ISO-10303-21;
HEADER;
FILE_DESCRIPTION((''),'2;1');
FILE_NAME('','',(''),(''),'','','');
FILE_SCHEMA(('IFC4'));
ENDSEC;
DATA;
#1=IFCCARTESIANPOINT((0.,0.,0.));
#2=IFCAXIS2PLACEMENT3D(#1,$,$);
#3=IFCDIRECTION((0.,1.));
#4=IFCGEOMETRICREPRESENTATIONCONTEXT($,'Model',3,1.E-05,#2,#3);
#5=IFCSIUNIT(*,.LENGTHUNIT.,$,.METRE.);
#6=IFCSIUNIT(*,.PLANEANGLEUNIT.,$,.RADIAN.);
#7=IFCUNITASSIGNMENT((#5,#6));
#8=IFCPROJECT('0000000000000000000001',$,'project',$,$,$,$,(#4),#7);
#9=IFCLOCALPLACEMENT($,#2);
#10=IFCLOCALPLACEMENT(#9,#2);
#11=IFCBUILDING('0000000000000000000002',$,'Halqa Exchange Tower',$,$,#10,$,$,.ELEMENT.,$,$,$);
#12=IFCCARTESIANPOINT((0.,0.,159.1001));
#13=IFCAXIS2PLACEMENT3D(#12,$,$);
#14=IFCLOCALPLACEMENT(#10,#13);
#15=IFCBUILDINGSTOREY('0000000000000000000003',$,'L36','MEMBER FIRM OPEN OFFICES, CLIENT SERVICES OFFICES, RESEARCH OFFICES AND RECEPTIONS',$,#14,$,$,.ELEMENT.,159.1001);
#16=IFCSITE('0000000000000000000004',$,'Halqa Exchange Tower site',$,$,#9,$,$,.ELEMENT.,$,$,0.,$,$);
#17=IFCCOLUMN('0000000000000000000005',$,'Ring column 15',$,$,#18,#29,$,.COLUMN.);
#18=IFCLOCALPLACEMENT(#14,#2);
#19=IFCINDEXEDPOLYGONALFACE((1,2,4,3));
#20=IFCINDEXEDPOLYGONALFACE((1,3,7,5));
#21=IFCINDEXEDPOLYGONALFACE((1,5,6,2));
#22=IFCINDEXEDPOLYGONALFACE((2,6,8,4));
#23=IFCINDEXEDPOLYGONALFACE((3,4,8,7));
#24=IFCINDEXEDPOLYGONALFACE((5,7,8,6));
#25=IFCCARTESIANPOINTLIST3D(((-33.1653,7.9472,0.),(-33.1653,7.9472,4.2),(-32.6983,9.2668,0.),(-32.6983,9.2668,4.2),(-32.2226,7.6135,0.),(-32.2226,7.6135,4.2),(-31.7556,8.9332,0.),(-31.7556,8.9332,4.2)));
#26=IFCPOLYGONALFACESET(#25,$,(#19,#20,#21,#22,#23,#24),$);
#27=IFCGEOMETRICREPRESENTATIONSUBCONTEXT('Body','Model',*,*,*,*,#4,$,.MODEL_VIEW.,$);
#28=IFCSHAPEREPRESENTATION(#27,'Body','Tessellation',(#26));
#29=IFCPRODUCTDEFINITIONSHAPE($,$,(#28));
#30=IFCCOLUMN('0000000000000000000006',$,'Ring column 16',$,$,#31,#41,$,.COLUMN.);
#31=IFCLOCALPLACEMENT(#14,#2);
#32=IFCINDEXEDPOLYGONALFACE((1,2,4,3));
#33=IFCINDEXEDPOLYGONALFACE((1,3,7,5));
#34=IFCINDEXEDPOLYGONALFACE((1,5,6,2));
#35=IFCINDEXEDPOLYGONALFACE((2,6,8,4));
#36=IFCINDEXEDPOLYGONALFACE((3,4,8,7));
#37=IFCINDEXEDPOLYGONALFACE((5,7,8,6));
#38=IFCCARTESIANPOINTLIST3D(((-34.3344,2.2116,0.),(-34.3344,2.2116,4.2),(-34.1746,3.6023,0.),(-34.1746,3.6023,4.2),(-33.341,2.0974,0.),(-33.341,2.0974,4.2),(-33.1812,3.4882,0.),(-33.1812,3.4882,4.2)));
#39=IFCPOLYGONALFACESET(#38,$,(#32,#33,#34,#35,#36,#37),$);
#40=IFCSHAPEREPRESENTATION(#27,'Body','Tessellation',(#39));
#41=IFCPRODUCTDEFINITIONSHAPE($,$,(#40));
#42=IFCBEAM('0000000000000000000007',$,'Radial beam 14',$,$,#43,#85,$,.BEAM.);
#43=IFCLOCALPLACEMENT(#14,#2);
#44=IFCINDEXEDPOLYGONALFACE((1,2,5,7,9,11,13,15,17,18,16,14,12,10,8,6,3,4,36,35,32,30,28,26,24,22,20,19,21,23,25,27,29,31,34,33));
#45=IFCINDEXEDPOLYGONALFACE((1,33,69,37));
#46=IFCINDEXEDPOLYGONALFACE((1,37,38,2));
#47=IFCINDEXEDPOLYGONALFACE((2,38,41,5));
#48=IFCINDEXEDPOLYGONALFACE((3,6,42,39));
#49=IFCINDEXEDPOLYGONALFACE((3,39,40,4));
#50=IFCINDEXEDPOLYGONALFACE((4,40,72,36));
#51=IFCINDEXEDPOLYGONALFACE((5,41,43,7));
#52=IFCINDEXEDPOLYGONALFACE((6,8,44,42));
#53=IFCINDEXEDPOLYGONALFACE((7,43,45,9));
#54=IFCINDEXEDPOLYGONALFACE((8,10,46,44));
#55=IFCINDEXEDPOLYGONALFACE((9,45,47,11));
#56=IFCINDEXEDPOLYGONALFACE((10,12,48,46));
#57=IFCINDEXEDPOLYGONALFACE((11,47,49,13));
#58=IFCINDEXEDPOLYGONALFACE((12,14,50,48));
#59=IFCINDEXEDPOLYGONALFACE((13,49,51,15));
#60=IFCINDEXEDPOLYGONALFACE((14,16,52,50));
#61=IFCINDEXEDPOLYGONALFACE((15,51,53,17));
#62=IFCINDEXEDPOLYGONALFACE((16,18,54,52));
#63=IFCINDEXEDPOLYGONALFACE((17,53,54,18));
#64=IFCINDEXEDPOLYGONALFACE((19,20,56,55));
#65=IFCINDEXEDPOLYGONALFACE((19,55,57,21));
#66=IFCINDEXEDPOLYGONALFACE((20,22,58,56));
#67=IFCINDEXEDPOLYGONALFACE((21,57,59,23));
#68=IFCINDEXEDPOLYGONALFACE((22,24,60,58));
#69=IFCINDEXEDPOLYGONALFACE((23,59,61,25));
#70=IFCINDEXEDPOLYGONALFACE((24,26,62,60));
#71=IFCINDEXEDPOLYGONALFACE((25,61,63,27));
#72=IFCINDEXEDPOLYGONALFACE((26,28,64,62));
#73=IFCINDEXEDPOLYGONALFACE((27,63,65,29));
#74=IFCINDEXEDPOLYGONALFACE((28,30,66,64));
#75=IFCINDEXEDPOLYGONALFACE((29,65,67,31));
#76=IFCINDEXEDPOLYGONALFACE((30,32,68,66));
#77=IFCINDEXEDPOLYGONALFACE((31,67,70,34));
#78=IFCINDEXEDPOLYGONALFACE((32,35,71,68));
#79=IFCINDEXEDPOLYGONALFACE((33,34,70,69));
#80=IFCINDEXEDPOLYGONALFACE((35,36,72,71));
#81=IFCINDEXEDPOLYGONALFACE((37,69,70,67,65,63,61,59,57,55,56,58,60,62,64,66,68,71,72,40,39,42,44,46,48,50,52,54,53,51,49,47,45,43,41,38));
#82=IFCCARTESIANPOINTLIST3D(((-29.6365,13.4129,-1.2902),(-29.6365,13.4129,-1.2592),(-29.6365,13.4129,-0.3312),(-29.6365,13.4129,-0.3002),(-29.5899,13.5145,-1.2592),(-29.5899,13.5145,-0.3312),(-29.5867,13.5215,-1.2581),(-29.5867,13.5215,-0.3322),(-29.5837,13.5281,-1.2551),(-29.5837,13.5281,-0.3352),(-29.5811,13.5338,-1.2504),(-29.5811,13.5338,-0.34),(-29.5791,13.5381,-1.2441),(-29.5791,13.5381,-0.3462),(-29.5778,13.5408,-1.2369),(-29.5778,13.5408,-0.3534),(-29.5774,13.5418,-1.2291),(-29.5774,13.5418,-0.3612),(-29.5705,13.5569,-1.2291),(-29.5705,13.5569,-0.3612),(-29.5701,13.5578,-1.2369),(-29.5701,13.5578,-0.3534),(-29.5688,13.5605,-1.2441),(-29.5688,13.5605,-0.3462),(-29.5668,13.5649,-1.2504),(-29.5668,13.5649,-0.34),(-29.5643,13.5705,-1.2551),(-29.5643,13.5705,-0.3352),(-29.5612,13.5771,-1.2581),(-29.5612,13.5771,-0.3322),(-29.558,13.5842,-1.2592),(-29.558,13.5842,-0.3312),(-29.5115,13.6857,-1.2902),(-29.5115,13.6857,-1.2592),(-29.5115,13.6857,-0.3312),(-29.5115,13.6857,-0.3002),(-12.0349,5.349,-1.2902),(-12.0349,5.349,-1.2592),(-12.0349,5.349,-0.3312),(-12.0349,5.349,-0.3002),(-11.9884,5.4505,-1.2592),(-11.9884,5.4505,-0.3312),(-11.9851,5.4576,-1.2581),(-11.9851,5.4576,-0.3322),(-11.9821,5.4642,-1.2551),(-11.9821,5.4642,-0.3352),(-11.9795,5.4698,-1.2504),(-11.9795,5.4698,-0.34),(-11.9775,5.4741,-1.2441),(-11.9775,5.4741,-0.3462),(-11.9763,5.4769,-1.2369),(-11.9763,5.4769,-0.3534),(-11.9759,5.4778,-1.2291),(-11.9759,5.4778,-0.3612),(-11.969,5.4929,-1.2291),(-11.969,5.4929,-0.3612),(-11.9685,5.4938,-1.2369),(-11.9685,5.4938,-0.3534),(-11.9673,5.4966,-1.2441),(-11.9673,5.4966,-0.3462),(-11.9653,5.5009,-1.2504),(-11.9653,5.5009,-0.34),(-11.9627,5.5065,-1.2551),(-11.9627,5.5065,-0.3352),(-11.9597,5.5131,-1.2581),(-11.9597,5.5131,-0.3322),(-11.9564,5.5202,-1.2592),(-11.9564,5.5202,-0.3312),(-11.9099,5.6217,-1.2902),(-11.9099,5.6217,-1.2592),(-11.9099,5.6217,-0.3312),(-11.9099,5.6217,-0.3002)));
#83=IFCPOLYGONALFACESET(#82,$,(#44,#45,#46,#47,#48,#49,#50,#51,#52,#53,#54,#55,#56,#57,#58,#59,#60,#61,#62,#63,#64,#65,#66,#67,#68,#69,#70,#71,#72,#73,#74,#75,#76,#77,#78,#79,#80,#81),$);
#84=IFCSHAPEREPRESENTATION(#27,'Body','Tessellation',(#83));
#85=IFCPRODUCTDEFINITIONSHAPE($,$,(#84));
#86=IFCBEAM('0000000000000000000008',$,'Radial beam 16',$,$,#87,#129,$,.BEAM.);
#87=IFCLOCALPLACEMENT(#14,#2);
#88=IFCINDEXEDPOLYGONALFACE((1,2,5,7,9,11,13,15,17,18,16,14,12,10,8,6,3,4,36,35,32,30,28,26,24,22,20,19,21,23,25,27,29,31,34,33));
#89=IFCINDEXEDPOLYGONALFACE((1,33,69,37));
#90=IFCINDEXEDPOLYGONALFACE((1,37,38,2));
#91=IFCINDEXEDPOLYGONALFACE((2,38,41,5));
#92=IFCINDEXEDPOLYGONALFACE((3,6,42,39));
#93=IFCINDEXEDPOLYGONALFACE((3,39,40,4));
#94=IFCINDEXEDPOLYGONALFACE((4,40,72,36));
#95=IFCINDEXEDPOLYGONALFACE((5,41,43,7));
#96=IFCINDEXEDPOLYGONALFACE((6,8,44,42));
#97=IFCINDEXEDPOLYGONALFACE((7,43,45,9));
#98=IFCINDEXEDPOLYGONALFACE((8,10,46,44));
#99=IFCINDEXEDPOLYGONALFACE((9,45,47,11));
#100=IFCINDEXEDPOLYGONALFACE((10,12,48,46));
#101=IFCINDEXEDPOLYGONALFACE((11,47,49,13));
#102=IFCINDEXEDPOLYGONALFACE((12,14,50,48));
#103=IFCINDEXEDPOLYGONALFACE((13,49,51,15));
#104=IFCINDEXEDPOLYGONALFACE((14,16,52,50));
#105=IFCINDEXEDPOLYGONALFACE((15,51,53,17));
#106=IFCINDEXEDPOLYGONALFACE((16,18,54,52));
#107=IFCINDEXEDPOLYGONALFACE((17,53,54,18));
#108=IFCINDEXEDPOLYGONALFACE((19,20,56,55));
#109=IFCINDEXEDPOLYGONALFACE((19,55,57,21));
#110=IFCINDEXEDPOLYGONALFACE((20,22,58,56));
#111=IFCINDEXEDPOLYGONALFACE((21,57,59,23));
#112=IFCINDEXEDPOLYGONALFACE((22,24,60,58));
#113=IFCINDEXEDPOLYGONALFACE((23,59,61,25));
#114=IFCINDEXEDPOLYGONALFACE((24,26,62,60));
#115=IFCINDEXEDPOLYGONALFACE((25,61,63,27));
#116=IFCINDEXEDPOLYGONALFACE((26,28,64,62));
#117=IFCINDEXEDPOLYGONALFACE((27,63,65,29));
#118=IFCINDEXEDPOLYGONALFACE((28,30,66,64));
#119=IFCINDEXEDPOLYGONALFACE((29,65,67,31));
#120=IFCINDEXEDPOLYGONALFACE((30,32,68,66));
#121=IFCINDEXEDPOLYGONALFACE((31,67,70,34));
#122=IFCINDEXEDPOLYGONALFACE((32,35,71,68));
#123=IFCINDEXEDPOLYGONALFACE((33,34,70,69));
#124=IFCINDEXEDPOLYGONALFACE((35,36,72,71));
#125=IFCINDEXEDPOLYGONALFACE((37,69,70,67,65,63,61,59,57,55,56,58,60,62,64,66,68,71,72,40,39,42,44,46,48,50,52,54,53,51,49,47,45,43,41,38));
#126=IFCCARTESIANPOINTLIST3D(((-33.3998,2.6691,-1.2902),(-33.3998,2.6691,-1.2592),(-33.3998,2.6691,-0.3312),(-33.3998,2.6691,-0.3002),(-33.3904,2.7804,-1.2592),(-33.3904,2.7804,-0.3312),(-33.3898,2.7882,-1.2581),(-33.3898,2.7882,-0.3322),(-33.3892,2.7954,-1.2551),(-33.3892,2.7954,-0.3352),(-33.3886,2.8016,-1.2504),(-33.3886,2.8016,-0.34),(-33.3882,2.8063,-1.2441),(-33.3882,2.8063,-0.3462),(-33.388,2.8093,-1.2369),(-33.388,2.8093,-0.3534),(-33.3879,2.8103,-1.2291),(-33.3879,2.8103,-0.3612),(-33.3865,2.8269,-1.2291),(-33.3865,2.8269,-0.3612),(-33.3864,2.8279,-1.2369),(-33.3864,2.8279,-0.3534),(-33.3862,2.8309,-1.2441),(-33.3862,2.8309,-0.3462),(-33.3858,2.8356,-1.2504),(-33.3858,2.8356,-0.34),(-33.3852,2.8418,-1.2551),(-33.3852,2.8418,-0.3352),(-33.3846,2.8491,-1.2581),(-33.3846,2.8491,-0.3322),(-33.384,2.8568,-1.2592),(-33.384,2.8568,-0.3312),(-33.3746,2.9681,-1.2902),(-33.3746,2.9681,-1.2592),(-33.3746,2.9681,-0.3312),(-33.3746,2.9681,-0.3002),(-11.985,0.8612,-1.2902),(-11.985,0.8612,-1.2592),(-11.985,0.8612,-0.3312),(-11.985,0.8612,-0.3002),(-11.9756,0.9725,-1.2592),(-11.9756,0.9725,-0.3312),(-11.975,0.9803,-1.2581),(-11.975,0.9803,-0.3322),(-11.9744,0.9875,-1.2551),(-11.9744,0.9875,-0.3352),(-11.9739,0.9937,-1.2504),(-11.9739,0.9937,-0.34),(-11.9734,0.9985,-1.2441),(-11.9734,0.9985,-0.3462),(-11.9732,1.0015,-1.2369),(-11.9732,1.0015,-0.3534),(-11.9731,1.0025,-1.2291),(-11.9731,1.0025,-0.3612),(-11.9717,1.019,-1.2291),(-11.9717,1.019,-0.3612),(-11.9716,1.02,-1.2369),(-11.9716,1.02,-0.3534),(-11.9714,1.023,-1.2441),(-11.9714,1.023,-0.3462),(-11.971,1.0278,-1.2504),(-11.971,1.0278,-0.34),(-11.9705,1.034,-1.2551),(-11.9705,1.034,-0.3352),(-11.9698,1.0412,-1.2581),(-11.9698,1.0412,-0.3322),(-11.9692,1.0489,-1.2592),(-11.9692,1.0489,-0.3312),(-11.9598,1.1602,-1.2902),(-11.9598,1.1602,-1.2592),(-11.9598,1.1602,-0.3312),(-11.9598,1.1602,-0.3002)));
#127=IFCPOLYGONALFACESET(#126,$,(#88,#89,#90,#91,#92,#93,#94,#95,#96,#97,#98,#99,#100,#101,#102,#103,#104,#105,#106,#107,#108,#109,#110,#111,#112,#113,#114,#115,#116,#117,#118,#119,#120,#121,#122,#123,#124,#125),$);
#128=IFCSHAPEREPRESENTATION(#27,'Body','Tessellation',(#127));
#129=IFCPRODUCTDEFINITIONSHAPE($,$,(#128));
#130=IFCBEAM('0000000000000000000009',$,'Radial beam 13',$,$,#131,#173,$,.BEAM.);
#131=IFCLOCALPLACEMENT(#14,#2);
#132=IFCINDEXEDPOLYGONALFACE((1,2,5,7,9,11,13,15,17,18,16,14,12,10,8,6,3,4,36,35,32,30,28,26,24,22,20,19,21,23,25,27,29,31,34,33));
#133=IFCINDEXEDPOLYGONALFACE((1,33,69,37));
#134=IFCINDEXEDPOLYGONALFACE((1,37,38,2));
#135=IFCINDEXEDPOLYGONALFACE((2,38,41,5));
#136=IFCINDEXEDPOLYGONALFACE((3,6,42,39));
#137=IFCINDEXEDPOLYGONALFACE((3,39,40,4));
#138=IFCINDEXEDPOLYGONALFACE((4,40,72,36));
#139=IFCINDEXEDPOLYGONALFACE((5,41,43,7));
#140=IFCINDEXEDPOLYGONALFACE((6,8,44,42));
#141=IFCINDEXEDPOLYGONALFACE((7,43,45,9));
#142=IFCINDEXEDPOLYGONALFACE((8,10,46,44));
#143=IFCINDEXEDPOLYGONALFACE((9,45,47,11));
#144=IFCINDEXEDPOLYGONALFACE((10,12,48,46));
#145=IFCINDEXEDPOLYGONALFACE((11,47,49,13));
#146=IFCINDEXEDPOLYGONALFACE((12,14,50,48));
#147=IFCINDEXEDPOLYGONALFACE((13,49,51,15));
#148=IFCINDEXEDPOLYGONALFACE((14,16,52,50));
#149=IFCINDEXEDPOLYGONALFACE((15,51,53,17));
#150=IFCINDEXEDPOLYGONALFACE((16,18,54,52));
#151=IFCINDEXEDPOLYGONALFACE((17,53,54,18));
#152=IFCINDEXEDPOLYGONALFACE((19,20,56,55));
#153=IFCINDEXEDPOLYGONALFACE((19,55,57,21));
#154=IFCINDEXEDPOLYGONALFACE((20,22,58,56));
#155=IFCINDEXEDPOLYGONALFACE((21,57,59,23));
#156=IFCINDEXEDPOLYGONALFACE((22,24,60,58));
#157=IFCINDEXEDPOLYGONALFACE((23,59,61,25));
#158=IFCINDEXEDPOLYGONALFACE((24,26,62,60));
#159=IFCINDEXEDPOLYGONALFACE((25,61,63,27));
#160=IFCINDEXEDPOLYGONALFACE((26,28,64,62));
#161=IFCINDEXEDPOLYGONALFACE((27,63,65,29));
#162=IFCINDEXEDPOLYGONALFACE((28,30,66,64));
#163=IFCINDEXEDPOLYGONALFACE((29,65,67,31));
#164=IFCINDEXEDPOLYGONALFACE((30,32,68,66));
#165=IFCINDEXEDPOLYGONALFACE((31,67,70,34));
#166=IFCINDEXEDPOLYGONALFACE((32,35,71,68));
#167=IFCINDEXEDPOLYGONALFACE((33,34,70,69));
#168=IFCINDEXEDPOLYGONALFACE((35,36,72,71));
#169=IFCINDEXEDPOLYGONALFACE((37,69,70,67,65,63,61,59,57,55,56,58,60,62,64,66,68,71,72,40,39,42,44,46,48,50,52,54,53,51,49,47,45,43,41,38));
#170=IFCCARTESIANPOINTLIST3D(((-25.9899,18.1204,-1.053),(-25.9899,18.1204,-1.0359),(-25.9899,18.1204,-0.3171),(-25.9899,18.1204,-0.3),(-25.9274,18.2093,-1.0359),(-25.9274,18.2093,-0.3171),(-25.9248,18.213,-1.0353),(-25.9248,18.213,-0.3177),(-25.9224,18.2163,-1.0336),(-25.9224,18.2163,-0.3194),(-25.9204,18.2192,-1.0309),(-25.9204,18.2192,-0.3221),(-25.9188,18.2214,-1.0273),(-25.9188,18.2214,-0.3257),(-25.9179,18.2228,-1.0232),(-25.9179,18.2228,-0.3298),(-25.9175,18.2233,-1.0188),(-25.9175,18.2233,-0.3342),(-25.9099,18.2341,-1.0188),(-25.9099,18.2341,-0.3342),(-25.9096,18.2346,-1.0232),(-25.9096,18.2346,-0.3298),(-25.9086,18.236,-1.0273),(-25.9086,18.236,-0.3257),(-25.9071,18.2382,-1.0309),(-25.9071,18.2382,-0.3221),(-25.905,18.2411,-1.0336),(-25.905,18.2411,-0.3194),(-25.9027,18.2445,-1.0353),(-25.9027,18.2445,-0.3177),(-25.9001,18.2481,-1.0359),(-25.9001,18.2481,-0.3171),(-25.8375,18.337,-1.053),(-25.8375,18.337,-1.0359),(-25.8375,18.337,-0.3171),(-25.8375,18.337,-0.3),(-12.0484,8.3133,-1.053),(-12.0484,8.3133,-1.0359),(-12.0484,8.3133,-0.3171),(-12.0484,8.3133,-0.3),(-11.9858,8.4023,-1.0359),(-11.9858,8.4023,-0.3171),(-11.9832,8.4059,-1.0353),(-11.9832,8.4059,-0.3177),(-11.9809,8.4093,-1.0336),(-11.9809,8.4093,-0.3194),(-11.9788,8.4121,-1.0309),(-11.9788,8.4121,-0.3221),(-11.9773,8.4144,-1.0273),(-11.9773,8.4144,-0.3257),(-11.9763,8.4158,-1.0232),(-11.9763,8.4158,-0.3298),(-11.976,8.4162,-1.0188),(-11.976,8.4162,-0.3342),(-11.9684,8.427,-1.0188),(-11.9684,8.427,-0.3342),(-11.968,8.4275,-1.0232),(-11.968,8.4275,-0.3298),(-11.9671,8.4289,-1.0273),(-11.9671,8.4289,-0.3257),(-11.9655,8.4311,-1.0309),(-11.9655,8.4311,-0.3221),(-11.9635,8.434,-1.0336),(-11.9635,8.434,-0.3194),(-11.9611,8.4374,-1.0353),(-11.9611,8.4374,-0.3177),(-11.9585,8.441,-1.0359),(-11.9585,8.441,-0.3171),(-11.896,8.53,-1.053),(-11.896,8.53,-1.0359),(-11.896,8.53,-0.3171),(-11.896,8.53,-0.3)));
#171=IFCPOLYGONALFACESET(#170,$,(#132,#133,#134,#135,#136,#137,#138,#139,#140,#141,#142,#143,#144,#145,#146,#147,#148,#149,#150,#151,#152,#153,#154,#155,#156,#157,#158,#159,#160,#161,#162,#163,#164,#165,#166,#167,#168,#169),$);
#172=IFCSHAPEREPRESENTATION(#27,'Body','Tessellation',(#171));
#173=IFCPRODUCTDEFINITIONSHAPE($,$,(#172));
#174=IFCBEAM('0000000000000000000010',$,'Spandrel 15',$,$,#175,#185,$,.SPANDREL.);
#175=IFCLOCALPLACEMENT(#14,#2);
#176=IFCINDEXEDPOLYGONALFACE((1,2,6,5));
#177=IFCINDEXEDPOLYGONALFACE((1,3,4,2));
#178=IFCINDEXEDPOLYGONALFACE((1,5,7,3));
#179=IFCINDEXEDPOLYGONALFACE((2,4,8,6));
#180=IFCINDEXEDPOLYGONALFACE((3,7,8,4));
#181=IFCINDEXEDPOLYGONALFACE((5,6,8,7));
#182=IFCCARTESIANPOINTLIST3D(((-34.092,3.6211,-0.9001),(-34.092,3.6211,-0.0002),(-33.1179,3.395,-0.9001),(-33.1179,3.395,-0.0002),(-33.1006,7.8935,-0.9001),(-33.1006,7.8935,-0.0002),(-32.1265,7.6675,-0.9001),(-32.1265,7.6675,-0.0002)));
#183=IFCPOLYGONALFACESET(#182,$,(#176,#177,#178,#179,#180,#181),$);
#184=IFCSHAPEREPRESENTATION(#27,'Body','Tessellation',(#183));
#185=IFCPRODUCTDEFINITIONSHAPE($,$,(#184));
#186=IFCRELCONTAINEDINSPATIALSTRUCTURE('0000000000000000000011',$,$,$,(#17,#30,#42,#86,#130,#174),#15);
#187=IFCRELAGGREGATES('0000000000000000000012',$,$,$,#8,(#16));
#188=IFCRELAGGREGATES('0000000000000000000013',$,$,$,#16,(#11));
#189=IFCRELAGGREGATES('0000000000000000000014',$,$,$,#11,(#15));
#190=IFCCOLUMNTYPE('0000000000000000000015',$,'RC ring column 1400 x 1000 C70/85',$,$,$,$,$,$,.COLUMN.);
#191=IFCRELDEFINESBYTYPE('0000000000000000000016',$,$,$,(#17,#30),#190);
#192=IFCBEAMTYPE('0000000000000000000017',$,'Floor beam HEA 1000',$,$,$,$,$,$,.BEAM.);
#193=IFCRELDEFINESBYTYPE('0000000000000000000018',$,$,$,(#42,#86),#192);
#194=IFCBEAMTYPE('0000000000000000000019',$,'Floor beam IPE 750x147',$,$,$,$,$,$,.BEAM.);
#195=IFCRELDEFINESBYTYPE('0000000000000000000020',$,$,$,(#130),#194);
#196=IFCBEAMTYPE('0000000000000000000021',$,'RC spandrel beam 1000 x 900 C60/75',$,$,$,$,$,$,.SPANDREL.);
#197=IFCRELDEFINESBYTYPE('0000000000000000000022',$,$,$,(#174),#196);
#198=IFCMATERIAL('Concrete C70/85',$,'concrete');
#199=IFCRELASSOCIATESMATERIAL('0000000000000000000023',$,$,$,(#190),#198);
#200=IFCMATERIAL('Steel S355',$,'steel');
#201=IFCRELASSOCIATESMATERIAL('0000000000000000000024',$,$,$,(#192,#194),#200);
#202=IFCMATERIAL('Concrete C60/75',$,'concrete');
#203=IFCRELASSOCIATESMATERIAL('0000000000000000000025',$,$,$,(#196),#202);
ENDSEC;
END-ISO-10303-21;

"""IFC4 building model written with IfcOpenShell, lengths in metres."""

from ifc_helpers import new_model, si_unit, direction, frame, origin, origin_2d, place, context, subcontext, project, spatial, rectangle, i_section, extrude, material, material_profile, profile_set, type_object, element, save


model = new_model("IFC4")

# Units and contexts
model_context = context("Model", 3, precision=1e-05, world=origin(), true_north=direction((0.0, 1.0)))
body_context = subcontext(model_context, "Body", "Model", "MODEL_VIEW")
ifc_project = project(units=[si_unit("LENGTHUNIT", "METRE"), si_unit("PLANEANGLEUNIT", "RADIAN")], contexts=[model_context])

# Site, building, storey
site_placement = place(None, origin())
site = spatial("IfcSite", under=ifc_project, at=site_placement, Name="Halqa Exchange Tower site", CompositionType="ELEMENT", RefElevation=0.0)
building_placement = place(site_placement, origin())
building = spatial("IfcBuilding", under=site, at=building_placement, Name="Halqa Exchange Tower", CompositionType="ELEMENT")
storey_placement = place(building_placement, frame((0.0, 0.0, 159.1001)))
storey = spatial("IfcBuildingStorey", under=building, at=storey_placement, Name="L36", Description="MEMBER FIRM OPEN OFFICES, CLIENT SERVICES OFFICES, RESEARCH OFFICES AND RECEPTIONS", CompositionType="ELEMENT", Elevation=159.1001)

# Columns
ifc_material_1 = material(Name="Concrete C70/85", Category="concrete")
ifc_material_profile_1 = material_profile(ifc_material_1, rectangle(XDim=1.3999, YDim=1.0, at=origin_2d()), Name="1400 x 1000")
ifc_profile_set_1 = profile_set([ifc_material_profile_1], Name="Concrete C70/85")
column_type = type_object("IfcColumnType", Name="RC ring column 1400 x 1000 C70/85", PredefinedType="COLUMN", material=ifc_profile_set_1)
for number, where, z_axis, x_axis, name in (
    (1, (-32.4604, 8.4402, 0.0), (0.0, 0.0, 1.0), (-0.333634, -0.942703, 0.0), "Ring column 15"),
    (2, (-33.7578, 2.8499, 0.0), (0.0, 0.0, 1.0), (-0.114155, -0.993463, 0.0), "Ring column 16"),
):
    element("IfcColumn", number, at=place(storey_placement, frame(where, z_axis=z_axis, x_axis=x_axis)), inside=storey, type_object=column_type, Name=name, PredefinedType="COLUMN", context=body_context, shape_type="SweptSolid", body=[
        extrude(rectangle(XDim=1.3999, YDim=1.0, at=origin_2d()), origin(), (0.0, 0.0, 1.0), 4.2),
    ])

# Beams
ifc_material_2 = material(Name="Steel S355", Category="steel")
ifc_material_profile_2 = material_profile(ifc_material_2, i_section(OverallWidth=0.3, OverallDepth=0.99, WebThickness=0.0166, FlangeThickness=0.031, FilletRadius=0.03, at=origin_2d()), Name="HEA 1000")
ifc_profile_set_2 = profile_set([ifc_material_profile_2], Name="Steel S355")
beam_type_1 = type_object("IfcBeamType", Name="Floor beam HEA 1000", PredefinedType="BEAM", material=ifc_profile_set_2)
beam_1_placement = place(storey_placement, frame((-11.9724, 5.4854, -0.7952), z_axis=(-0.909132, 0.416509, 0.0), x_axis=(-0.416509, -0.909132, 0.0)))
element("IfcBeam", 3, at=beam_1_placement, inside=storey, type_object=beam_type_1, Name="Radial beam 14", PredefinedType="BEAM", context=body_context, shape_type="SweptSolid", body=[
    extrude(i_section(OverallWidth=0.3, OverallDepth=0.99, WebThickness=0.0166, FlangeThickness=0.031, FilletRadius=0.03, at=origin_2d()), origin(), (0.0, 0.0, 1.0), 19.3608),
])
beam_2_placement = place(storey_placement, frame((-11.9724, 1.0107, -0.7952), z_axis=(-0.996455, 0.084122, 0.0), x_axis=(-0.084122, -0.996455, 0.0)))
element("IfcBeam", 4, at=beam_2_placement, inside=storey, type_object=beam_type_1, Name="Radial beam 16", PredefinedType="BEAM", context=body_context, shape_type="SweptSolid", body=[
    extrude(i_section(OverallWidth=0.3, OverallDepth=0.99, WebThickness=0.0166, FlangeThickness=0.031, FilletRadius=0.03, at=origin_2d()), origin(), (0.0, 0.0, 1.0), 21.491),
])
ifc_material_profile_3 = material_profile(ifc_material_2, i_section(OverallWidth=0.2649, OverallDepth=0.7529, WebThickness=0.0132, FlangeThickness=0.0171, FilletRadius=0.0171, at=origin_2d()), Name="IPE 750x147")
ifc_profile_set_3 = profile_set([ifc_material_profile_3], Name="Steel S355")
beam_type_2 = type_object("IfcBeamType", Name="Floor beam IPE 750x147", PredefinedType="BEAM", material=ifc_profile_set_3)
beam_3_placement = place(storey_placement, frame((-11.9722, 8.4216, -0.6765), z_axis=(-0.817908, 0.57535, 0.0), x_axis=(-0.57535, -0.817908, 0.0)))
element("IfcBeam", 5, at=beam_3_placement, inside=storey, type_object=beam_type_2, Name="Radial beam 13", PredefinedType="BEAM", context=body_context, shape_type="SweptSolid", body=[
    extrude(i_section(OverallWidth=0.2649, OverallDepth=0.7529, WebThickness=0.0132, FlangeThickness=0.0171, FilletRadius=0.0171, at=origin_2d()), origin(), (0.0, 0.0, 1.0), 17.0454),
])
ifc_material_3 = material(Name="Concrete C60/75", Category="concrete")
ifc_material_profile_4 = material_profile(ifc_material_3, rectangle(XDim=1.0, YDim=0.8999, at=origin_2d()), Name="1000 x 900")
ifc_profile_set_4 = profile_set([ifc_material_profile_4], Name="Concrete C60/75")
beam_type_3 = type_object("IfcBeamType", Name="RC spandrel beam 1000 x 900 C60/75", PredefinedType="SPANDREL", material=ifc_profile_set_4)
beam_4_placement = place(storey_placement, frame((-32.6135, 7.7805, -0.4502), z_axis=(-0.22605, -0.974116, 0.0), x_axis=(0.974116, -0.22605, 0.0)))
element("IfcBeam", 6, at=beam_4_placement, inside=storey, type_object=beam_type_3, Name="Spandrel 15", PredefinedType="SPANDREL", context=body_context, shape_type="SweptSolid", body=[
    extrude(rectangle(XDim=1.0, YDim=0.8999, at=origin_2d()), origin(), (0.0, 0.0, 1.0), 4.386),
])

save(model, "model.ifc")
